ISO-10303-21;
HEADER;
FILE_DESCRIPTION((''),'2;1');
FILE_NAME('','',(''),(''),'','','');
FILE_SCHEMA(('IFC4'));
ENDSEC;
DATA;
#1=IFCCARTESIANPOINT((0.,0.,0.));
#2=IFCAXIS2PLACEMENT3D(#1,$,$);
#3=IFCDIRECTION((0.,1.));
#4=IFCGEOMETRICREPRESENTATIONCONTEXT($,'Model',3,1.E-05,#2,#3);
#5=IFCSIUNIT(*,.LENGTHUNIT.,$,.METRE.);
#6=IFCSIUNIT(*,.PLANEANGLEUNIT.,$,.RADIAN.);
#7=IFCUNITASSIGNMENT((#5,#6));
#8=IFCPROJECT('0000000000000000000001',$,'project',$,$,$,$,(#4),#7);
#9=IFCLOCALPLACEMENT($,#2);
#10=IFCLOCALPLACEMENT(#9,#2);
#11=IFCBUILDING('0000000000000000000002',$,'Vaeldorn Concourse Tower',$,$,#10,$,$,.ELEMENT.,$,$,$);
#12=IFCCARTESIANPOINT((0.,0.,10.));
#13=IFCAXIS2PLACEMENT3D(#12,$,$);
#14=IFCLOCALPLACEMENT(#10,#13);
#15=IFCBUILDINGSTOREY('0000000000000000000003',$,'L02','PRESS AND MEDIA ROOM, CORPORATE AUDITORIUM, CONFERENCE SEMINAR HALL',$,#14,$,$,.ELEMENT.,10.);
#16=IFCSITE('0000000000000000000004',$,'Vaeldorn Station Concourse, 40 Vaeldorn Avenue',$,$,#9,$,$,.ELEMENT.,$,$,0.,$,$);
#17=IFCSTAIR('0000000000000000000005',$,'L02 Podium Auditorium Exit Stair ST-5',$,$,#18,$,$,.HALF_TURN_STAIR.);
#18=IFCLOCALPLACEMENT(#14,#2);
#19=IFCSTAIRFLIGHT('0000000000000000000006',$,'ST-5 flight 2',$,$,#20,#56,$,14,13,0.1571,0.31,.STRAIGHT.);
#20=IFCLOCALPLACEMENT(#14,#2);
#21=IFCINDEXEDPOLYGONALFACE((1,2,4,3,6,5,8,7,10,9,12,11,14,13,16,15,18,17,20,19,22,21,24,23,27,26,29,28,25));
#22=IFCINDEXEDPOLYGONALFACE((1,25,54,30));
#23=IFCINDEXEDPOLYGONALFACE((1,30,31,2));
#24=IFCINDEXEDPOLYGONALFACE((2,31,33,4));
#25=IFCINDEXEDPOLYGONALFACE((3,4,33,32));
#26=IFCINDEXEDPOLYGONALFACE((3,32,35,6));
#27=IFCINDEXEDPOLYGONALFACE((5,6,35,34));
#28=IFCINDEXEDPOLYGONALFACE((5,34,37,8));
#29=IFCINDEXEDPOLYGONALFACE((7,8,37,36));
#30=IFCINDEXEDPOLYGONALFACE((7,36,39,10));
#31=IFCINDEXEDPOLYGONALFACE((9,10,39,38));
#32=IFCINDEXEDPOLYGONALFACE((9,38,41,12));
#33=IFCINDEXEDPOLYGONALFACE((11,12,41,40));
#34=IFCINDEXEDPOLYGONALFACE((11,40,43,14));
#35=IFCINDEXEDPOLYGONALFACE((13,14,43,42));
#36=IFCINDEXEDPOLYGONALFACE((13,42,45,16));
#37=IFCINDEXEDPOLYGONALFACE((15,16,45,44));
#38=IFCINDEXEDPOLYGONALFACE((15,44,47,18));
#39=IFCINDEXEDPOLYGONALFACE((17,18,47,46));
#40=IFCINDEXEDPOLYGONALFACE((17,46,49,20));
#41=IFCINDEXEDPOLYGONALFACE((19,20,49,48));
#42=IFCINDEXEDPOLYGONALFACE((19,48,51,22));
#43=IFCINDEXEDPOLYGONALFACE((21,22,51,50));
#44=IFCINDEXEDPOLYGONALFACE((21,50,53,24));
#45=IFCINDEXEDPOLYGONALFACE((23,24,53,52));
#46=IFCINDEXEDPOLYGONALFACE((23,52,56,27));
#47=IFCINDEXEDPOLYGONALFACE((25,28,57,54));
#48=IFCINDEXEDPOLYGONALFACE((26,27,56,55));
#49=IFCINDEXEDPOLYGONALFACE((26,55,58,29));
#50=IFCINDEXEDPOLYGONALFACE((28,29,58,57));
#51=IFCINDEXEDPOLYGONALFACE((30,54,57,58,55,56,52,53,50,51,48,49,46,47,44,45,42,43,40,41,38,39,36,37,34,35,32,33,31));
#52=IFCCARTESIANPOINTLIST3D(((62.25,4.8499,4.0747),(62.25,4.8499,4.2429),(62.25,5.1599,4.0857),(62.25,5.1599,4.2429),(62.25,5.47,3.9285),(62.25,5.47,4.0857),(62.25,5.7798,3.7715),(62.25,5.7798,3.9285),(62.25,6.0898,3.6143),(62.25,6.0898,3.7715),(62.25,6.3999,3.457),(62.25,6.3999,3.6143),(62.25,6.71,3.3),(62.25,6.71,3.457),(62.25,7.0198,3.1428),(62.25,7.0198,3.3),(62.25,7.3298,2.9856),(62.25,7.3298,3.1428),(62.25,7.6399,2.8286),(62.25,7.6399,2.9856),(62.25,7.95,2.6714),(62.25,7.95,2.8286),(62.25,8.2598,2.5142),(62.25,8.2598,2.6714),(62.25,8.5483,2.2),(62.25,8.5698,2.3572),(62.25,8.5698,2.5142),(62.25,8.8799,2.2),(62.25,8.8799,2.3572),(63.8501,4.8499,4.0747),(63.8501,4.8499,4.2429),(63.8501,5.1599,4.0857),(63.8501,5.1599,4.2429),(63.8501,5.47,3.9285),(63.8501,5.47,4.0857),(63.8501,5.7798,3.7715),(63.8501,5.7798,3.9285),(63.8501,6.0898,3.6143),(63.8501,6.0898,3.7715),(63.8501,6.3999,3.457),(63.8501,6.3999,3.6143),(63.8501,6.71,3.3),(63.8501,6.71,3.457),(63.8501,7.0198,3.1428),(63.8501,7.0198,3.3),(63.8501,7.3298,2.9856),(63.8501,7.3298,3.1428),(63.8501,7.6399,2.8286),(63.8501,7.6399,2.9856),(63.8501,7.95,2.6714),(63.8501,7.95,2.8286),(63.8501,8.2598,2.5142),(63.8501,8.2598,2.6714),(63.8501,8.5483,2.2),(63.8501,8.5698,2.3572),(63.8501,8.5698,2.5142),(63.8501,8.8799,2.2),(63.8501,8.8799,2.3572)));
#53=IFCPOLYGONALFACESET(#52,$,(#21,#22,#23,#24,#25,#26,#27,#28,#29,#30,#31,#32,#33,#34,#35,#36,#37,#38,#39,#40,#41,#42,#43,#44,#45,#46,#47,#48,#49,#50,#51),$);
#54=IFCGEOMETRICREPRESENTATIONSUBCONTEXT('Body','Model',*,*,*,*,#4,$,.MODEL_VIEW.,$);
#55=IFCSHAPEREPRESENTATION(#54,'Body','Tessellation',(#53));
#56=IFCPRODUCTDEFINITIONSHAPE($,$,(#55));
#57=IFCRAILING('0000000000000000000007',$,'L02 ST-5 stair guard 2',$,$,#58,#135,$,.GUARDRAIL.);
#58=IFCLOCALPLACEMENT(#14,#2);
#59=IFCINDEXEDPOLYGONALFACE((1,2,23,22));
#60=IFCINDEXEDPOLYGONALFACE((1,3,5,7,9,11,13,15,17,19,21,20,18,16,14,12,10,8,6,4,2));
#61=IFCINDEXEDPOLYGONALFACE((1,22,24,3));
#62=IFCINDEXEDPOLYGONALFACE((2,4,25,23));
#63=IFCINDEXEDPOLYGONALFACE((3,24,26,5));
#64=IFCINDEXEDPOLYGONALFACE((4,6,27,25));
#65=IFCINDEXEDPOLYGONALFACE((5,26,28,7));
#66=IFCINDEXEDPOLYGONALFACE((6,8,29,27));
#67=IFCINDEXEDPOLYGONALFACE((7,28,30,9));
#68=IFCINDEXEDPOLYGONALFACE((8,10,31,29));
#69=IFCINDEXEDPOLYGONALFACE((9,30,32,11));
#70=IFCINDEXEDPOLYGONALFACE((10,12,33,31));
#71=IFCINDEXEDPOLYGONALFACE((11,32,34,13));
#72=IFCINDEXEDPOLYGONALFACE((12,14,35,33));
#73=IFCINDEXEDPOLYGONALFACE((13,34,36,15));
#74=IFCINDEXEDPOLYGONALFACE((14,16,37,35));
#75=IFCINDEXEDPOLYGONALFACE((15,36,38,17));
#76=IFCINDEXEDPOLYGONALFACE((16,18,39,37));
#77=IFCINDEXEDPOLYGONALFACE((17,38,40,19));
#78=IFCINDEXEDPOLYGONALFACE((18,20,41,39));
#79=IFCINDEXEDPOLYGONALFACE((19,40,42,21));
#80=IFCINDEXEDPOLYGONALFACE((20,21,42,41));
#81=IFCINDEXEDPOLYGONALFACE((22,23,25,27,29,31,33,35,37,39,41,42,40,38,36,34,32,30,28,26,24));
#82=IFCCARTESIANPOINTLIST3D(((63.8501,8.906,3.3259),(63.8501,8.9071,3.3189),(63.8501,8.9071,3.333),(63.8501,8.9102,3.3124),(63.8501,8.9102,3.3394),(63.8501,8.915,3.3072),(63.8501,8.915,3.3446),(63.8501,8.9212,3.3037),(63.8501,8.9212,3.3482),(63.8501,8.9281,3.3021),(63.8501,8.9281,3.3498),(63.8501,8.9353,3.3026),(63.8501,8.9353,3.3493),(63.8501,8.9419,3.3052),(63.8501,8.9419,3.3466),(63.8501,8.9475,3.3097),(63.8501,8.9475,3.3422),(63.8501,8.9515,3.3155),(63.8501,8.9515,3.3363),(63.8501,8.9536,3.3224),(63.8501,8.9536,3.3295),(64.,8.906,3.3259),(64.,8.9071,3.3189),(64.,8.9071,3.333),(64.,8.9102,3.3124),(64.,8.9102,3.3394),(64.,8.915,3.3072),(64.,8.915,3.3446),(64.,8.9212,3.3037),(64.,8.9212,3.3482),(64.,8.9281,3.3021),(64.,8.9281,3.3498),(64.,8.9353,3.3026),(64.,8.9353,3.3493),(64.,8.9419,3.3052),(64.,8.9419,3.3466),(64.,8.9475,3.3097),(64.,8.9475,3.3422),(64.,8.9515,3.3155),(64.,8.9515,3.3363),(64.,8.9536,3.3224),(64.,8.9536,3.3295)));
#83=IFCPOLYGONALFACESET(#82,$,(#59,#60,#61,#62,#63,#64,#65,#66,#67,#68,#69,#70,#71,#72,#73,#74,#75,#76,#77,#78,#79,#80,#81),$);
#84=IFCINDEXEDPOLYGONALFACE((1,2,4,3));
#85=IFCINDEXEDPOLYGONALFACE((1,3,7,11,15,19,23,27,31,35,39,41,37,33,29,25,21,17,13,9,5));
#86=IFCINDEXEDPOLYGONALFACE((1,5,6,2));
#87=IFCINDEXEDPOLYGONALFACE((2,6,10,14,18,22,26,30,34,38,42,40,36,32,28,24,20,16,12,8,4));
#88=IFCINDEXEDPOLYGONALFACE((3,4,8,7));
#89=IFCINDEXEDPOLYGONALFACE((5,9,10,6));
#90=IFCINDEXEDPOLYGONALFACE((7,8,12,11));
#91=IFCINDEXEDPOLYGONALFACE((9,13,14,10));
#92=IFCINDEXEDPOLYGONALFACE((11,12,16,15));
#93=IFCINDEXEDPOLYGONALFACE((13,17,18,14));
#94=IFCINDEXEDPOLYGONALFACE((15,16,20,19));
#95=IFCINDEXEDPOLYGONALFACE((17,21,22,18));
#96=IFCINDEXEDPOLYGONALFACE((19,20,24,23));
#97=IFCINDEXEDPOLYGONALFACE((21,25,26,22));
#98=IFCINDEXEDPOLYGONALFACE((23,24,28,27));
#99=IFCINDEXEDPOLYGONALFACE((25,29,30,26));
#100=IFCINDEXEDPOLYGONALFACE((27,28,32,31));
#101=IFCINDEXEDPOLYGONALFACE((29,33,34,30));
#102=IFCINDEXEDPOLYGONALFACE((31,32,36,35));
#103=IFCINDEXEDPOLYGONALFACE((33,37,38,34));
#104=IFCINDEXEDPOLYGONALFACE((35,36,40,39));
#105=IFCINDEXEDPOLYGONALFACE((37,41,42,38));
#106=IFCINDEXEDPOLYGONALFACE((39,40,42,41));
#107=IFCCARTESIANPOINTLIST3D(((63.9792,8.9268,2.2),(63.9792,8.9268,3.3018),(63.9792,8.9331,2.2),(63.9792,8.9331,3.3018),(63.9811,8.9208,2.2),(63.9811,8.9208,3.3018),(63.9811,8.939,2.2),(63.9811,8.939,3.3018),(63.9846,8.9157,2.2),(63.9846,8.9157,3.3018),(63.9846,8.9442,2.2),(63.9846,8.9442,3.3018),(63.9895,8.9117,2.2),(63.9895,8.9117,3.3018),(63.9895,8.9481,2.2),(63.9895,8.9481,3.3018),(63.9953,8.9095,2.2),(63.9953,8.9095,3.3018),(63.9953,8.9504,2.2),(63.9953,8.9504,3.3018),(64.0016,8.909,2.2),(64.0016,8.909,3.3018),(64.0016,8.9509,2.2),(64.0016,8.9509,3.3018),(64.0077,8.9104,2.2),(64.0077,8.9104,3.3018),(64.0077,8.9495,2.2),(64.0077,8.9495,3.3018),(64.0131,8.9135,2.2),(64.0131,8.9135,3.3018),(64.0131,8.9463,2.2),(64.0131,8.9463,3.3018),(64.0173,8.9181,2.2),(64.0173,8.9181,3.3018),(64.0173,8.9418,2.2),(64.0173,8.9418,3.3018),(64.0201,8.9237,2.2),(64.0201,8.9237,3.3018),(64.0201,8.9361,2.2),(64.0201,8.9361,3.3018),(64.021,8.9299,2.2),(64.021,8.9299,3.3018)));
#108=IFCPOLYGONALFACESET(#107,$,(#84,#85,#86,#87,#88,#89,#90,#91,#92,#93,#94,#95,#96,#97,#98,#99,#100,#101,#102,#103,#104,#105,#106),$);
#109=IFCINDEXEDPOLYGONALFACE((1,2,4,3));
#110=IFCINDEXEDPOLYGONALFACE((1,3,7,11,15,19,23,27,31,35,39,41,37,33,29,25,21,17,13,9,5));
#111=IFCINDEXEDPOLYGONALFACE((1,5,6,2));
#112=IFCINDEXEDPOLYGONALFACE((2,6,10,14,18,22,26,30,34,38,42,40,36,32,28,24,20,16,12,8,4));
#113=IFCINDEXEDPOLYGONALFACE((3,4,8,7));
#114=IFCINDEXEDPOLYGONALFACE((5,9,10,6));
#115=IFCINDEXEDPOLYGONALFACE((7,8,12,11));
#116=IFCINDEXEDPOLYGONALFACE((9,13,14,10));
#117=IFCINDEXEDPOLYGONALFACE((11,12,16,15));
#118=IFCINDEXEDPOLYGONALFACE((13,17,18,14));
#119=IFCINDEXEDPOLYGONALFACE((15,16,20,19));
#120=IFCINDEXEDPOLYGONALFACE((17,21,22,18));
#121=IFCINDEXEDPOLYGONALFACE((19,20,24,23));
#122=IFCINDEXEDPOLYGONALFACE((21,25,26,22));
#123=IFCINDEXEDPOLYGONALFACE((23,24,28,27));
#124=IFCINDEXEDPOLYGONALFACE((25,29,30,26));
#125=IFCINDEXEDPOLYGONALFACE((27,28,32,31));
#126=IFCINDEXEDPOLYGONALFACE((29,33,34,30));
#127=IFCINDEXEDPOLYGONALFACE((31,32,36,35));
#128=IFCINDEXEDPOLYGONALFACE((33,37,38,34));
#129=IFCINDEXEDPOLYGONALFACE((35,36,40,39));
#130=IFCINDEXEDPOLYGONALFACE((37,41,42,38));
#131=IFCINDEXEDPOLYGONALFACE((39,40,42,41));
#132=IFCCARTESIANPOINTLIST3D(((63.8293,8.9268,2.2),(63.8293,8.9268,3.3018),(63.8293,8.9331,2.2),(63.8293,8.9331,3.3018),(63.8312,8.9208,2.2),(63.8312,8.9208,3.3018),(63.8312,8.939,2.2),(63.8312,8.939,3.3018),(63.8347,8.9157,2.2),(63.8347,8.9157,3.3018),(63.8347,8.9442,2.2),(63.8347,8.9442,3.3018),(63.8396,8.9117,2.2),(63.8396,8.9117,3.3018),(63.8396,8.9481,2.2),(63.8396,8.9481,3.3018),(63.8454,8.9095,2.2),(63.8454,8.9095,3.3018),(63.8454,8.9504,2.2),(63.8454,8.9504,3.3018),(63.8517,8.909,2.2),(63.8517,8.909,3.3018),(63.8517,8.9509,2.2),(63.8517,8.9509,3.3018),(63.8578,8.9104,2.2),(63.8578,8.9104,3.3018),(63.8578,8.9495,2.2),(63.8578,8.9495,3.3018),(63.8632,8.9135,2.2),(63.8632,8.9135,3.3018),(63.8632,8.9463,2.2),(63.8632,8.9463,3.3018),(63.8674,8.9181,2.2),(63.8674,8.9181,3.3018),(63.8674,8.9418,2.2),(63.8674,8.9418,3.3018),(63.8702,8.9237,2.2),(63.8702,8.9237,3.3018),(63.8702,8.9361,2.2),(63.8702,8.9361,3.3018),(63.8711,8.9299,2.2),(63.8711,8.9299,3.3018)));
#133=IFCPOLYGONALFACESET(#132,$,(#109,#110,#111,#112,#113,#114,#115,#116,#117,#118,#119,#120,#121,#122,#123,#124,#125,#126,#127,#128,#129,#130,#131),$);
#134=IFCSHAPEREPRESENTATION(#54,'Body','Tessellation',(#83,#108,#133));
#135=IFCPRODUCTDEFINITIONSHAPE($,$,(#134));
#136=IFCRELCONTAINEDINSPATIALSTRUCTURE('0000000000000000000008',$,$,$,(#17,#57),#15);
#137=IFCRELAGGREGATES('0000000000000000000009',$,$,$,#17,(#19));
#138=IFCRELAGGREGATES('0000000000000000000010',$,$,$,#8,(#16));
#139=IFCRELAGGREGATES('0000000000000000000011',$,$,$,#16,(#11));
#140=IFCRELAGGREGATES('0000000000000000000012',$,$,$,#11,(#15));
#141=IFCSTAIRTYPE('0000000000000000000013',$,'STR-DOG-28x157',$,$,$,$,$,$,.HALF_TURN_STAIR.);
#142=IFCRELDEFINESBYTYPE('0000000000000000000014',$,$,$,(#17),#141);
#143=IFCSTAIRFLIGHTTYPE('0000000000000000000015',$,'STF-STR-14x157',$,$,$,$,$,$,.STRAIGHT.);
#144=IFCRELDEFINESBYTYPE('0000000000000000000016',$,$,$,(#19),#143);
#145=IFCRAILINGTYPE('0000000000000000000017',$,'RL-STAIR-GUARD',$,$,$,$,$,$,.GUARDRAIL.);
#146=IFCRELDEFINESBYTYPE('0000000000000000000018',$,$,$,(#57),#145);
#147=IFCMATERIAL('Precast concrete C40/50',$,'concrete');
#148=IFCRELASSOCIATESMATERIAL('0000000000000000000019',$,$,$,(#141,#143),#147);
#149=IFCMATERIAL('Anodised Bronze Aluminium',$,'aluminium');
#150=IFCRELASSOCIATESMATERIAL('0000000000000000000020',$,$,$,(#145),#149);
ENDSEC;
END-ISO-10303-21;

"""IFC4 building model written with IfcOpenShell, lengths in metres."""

from ifc_helpers import new_model, si_unit, direction, frame, origin, origin_2d, place, context, subcontext, project, spatial, polyline, circle, outline, extrude, material, type_object, element, aggregate, save


model = new_model("IFC4")

# Units and contexts
model_context = context("Model", 3, precision=1e-05, world=origin(), true_north=direction((0.0, 1.0)))
body_context = subcontext(model_context, "Body", "Model", "MODEL_VIEW")
ifc_project = project(units=[si_unit("LENGTHUNIT", "METRE"), si_unit("PLANEANGLEUNIT", "RADIAN")], contexts=[model_context])

# Site, building, storey
site_placement = place(None, origin())
site = spatial("IfcSite", under=ifc_project, at=site_placement, Name="Vaeldorn Station Concourse, 40 Vaeldorn Avenue", CompositionType="ELEMENT", RefElevation=0.0)
building_placement = place(site_placement, origin())
building = spatial("IfcBuilding", under=site, at=building_placement, Name="Vaeldorn Concourse Tower", CompositionType="ELEMENT")
storey_placement = place(building_placement, frame((0.0, 0.0, 10.0)))
storey = spatial("IfcBuildingStorey", under=building, at=storey_placement, Name="L02", Description="PRESS AND MEDIA ROOM, CORPORATE AUDITORIUM, CONFERENCE SEMINAR HALL", CompositionType="ELEMENT", Elevation=10.0)

# Shared definitions
ifc_material_1 = material(Name="Anodised Bronze Aluminium", Category="aluminium")

# Stair, stair flight
ifc_material_2 = material(Name="Precast concrete C40/50", Category="concrete")
stair_type = type_object("IfcStairType", Name="STR-DOG-28x157", PredefinedType="HALF_TURN_STAIR", material=ifc_material_2)
stair_placement = place(storey_placement, origin())
stair = element("IfcStair", 1, at=stair_placement, inside=storey, type_object=stair_type, Name="L02 Podium Auditorium Exit Stair ST-5", PredefinedType="HALF_TURN_STAIR")
stair_flight_type = type_object("IfcStairFlightType", Name="STF-STR-14x157", PredefinedType="STRAIGHT", material=ifc_material_2)
stair_flight_placement = place(storey_placement, frame((63.05, 8.8799, 2.2), z_axis=(0.0, 0.0, 1.0), x_axis=(0.0, -1.0, 0.0)))
stair_flight = element("IfcStairFlight", 2, at=stair_flight_placement, type_object=stair_flight_type, Name="ST-5 flight 2", NumberOfRisers=14, NumberOfTreads=13, PredefinedType="STRAIGHT", RiserHeight=0.1571, TreadLength=0.31, context=body_context, shape_type="SweptSolid", body=[
    extrude(outline(polyline([(0.0, 0.0), (0.0, 0.1572), (0.3101, 0.1572), (0.3101, 0.3142), (0.6201, 0.3142), (0.6201, 0.4714), (0.9299, 0.4714), (0.9299, 0.6287), (1.24, 0.6287), (1.24, 0.7856), (1.55, 0.7856), (1.55, 0.9429), (1.8601, 0.9429), (1.8601, 1.1001), (2.1699, 1.1001), (2.1699, 1.2571), (2.48, 1.2571), (2.48, 1.4143), (2.79, 1.4143), (2.79, 1.5715), (3.1001, 1.5715), (3.1001, 1.7285), (3.4099, 1.7285), (3.4099, 1.8857), (3.72, 1.8857), (3.72, 2.043), (4.03, 2.043), (4.03, 2.2), (4.03, 1.8748), (0.3315, 0.0), (0.0, 0.0)])), frame((0.0, 0.8, 0.0), z_axis=(0.0, -1.0, 0.0), x_axis=(1.0, 0.0, 0.0)), (0.0, 0.0, 1.0), 1.6001),
])
aggregate(stair, [stair_flight])

# Railing
railing_type = type_object("IfcRailingType", Name="RL-STAIR-GUARD", PredefinedType="GUARDRAIL", material=ifc_material_1)
railing_1_placement = place(storey_placement, frame((64.0, 8.9299, 2.2)))
element("IfcRailing", 3, at=railing_1_placement, inside=storey, type_object=railing_type, Name="L02 ST-5 stair guard 2", PredefinedType="GUARDRAIL", context=body_context, shape_type="SweptSolid", body=[
    extrude(circle(Radius=0.0239, at=origin_2d()), frame((0.0, 0.0, 1.126), z_axis=(-1.0, 0.0, 0.0), x_axis=(0.0, -1.0, 0.0)), (0.0, 0.0, 1.0), 0.1499),
    extrude(circle(Radius=0.021, at=origin_2d()), origin(), (0.0, 0.0, 1.0), 1.1018),
    extrude(circle(Radius=0.021, at=origin_2d()), frame((-0.1499, 0.0, 0.0)), (0.0, 0.0, 1.0), 1.1018),
])

save(model, "model.ifc")
